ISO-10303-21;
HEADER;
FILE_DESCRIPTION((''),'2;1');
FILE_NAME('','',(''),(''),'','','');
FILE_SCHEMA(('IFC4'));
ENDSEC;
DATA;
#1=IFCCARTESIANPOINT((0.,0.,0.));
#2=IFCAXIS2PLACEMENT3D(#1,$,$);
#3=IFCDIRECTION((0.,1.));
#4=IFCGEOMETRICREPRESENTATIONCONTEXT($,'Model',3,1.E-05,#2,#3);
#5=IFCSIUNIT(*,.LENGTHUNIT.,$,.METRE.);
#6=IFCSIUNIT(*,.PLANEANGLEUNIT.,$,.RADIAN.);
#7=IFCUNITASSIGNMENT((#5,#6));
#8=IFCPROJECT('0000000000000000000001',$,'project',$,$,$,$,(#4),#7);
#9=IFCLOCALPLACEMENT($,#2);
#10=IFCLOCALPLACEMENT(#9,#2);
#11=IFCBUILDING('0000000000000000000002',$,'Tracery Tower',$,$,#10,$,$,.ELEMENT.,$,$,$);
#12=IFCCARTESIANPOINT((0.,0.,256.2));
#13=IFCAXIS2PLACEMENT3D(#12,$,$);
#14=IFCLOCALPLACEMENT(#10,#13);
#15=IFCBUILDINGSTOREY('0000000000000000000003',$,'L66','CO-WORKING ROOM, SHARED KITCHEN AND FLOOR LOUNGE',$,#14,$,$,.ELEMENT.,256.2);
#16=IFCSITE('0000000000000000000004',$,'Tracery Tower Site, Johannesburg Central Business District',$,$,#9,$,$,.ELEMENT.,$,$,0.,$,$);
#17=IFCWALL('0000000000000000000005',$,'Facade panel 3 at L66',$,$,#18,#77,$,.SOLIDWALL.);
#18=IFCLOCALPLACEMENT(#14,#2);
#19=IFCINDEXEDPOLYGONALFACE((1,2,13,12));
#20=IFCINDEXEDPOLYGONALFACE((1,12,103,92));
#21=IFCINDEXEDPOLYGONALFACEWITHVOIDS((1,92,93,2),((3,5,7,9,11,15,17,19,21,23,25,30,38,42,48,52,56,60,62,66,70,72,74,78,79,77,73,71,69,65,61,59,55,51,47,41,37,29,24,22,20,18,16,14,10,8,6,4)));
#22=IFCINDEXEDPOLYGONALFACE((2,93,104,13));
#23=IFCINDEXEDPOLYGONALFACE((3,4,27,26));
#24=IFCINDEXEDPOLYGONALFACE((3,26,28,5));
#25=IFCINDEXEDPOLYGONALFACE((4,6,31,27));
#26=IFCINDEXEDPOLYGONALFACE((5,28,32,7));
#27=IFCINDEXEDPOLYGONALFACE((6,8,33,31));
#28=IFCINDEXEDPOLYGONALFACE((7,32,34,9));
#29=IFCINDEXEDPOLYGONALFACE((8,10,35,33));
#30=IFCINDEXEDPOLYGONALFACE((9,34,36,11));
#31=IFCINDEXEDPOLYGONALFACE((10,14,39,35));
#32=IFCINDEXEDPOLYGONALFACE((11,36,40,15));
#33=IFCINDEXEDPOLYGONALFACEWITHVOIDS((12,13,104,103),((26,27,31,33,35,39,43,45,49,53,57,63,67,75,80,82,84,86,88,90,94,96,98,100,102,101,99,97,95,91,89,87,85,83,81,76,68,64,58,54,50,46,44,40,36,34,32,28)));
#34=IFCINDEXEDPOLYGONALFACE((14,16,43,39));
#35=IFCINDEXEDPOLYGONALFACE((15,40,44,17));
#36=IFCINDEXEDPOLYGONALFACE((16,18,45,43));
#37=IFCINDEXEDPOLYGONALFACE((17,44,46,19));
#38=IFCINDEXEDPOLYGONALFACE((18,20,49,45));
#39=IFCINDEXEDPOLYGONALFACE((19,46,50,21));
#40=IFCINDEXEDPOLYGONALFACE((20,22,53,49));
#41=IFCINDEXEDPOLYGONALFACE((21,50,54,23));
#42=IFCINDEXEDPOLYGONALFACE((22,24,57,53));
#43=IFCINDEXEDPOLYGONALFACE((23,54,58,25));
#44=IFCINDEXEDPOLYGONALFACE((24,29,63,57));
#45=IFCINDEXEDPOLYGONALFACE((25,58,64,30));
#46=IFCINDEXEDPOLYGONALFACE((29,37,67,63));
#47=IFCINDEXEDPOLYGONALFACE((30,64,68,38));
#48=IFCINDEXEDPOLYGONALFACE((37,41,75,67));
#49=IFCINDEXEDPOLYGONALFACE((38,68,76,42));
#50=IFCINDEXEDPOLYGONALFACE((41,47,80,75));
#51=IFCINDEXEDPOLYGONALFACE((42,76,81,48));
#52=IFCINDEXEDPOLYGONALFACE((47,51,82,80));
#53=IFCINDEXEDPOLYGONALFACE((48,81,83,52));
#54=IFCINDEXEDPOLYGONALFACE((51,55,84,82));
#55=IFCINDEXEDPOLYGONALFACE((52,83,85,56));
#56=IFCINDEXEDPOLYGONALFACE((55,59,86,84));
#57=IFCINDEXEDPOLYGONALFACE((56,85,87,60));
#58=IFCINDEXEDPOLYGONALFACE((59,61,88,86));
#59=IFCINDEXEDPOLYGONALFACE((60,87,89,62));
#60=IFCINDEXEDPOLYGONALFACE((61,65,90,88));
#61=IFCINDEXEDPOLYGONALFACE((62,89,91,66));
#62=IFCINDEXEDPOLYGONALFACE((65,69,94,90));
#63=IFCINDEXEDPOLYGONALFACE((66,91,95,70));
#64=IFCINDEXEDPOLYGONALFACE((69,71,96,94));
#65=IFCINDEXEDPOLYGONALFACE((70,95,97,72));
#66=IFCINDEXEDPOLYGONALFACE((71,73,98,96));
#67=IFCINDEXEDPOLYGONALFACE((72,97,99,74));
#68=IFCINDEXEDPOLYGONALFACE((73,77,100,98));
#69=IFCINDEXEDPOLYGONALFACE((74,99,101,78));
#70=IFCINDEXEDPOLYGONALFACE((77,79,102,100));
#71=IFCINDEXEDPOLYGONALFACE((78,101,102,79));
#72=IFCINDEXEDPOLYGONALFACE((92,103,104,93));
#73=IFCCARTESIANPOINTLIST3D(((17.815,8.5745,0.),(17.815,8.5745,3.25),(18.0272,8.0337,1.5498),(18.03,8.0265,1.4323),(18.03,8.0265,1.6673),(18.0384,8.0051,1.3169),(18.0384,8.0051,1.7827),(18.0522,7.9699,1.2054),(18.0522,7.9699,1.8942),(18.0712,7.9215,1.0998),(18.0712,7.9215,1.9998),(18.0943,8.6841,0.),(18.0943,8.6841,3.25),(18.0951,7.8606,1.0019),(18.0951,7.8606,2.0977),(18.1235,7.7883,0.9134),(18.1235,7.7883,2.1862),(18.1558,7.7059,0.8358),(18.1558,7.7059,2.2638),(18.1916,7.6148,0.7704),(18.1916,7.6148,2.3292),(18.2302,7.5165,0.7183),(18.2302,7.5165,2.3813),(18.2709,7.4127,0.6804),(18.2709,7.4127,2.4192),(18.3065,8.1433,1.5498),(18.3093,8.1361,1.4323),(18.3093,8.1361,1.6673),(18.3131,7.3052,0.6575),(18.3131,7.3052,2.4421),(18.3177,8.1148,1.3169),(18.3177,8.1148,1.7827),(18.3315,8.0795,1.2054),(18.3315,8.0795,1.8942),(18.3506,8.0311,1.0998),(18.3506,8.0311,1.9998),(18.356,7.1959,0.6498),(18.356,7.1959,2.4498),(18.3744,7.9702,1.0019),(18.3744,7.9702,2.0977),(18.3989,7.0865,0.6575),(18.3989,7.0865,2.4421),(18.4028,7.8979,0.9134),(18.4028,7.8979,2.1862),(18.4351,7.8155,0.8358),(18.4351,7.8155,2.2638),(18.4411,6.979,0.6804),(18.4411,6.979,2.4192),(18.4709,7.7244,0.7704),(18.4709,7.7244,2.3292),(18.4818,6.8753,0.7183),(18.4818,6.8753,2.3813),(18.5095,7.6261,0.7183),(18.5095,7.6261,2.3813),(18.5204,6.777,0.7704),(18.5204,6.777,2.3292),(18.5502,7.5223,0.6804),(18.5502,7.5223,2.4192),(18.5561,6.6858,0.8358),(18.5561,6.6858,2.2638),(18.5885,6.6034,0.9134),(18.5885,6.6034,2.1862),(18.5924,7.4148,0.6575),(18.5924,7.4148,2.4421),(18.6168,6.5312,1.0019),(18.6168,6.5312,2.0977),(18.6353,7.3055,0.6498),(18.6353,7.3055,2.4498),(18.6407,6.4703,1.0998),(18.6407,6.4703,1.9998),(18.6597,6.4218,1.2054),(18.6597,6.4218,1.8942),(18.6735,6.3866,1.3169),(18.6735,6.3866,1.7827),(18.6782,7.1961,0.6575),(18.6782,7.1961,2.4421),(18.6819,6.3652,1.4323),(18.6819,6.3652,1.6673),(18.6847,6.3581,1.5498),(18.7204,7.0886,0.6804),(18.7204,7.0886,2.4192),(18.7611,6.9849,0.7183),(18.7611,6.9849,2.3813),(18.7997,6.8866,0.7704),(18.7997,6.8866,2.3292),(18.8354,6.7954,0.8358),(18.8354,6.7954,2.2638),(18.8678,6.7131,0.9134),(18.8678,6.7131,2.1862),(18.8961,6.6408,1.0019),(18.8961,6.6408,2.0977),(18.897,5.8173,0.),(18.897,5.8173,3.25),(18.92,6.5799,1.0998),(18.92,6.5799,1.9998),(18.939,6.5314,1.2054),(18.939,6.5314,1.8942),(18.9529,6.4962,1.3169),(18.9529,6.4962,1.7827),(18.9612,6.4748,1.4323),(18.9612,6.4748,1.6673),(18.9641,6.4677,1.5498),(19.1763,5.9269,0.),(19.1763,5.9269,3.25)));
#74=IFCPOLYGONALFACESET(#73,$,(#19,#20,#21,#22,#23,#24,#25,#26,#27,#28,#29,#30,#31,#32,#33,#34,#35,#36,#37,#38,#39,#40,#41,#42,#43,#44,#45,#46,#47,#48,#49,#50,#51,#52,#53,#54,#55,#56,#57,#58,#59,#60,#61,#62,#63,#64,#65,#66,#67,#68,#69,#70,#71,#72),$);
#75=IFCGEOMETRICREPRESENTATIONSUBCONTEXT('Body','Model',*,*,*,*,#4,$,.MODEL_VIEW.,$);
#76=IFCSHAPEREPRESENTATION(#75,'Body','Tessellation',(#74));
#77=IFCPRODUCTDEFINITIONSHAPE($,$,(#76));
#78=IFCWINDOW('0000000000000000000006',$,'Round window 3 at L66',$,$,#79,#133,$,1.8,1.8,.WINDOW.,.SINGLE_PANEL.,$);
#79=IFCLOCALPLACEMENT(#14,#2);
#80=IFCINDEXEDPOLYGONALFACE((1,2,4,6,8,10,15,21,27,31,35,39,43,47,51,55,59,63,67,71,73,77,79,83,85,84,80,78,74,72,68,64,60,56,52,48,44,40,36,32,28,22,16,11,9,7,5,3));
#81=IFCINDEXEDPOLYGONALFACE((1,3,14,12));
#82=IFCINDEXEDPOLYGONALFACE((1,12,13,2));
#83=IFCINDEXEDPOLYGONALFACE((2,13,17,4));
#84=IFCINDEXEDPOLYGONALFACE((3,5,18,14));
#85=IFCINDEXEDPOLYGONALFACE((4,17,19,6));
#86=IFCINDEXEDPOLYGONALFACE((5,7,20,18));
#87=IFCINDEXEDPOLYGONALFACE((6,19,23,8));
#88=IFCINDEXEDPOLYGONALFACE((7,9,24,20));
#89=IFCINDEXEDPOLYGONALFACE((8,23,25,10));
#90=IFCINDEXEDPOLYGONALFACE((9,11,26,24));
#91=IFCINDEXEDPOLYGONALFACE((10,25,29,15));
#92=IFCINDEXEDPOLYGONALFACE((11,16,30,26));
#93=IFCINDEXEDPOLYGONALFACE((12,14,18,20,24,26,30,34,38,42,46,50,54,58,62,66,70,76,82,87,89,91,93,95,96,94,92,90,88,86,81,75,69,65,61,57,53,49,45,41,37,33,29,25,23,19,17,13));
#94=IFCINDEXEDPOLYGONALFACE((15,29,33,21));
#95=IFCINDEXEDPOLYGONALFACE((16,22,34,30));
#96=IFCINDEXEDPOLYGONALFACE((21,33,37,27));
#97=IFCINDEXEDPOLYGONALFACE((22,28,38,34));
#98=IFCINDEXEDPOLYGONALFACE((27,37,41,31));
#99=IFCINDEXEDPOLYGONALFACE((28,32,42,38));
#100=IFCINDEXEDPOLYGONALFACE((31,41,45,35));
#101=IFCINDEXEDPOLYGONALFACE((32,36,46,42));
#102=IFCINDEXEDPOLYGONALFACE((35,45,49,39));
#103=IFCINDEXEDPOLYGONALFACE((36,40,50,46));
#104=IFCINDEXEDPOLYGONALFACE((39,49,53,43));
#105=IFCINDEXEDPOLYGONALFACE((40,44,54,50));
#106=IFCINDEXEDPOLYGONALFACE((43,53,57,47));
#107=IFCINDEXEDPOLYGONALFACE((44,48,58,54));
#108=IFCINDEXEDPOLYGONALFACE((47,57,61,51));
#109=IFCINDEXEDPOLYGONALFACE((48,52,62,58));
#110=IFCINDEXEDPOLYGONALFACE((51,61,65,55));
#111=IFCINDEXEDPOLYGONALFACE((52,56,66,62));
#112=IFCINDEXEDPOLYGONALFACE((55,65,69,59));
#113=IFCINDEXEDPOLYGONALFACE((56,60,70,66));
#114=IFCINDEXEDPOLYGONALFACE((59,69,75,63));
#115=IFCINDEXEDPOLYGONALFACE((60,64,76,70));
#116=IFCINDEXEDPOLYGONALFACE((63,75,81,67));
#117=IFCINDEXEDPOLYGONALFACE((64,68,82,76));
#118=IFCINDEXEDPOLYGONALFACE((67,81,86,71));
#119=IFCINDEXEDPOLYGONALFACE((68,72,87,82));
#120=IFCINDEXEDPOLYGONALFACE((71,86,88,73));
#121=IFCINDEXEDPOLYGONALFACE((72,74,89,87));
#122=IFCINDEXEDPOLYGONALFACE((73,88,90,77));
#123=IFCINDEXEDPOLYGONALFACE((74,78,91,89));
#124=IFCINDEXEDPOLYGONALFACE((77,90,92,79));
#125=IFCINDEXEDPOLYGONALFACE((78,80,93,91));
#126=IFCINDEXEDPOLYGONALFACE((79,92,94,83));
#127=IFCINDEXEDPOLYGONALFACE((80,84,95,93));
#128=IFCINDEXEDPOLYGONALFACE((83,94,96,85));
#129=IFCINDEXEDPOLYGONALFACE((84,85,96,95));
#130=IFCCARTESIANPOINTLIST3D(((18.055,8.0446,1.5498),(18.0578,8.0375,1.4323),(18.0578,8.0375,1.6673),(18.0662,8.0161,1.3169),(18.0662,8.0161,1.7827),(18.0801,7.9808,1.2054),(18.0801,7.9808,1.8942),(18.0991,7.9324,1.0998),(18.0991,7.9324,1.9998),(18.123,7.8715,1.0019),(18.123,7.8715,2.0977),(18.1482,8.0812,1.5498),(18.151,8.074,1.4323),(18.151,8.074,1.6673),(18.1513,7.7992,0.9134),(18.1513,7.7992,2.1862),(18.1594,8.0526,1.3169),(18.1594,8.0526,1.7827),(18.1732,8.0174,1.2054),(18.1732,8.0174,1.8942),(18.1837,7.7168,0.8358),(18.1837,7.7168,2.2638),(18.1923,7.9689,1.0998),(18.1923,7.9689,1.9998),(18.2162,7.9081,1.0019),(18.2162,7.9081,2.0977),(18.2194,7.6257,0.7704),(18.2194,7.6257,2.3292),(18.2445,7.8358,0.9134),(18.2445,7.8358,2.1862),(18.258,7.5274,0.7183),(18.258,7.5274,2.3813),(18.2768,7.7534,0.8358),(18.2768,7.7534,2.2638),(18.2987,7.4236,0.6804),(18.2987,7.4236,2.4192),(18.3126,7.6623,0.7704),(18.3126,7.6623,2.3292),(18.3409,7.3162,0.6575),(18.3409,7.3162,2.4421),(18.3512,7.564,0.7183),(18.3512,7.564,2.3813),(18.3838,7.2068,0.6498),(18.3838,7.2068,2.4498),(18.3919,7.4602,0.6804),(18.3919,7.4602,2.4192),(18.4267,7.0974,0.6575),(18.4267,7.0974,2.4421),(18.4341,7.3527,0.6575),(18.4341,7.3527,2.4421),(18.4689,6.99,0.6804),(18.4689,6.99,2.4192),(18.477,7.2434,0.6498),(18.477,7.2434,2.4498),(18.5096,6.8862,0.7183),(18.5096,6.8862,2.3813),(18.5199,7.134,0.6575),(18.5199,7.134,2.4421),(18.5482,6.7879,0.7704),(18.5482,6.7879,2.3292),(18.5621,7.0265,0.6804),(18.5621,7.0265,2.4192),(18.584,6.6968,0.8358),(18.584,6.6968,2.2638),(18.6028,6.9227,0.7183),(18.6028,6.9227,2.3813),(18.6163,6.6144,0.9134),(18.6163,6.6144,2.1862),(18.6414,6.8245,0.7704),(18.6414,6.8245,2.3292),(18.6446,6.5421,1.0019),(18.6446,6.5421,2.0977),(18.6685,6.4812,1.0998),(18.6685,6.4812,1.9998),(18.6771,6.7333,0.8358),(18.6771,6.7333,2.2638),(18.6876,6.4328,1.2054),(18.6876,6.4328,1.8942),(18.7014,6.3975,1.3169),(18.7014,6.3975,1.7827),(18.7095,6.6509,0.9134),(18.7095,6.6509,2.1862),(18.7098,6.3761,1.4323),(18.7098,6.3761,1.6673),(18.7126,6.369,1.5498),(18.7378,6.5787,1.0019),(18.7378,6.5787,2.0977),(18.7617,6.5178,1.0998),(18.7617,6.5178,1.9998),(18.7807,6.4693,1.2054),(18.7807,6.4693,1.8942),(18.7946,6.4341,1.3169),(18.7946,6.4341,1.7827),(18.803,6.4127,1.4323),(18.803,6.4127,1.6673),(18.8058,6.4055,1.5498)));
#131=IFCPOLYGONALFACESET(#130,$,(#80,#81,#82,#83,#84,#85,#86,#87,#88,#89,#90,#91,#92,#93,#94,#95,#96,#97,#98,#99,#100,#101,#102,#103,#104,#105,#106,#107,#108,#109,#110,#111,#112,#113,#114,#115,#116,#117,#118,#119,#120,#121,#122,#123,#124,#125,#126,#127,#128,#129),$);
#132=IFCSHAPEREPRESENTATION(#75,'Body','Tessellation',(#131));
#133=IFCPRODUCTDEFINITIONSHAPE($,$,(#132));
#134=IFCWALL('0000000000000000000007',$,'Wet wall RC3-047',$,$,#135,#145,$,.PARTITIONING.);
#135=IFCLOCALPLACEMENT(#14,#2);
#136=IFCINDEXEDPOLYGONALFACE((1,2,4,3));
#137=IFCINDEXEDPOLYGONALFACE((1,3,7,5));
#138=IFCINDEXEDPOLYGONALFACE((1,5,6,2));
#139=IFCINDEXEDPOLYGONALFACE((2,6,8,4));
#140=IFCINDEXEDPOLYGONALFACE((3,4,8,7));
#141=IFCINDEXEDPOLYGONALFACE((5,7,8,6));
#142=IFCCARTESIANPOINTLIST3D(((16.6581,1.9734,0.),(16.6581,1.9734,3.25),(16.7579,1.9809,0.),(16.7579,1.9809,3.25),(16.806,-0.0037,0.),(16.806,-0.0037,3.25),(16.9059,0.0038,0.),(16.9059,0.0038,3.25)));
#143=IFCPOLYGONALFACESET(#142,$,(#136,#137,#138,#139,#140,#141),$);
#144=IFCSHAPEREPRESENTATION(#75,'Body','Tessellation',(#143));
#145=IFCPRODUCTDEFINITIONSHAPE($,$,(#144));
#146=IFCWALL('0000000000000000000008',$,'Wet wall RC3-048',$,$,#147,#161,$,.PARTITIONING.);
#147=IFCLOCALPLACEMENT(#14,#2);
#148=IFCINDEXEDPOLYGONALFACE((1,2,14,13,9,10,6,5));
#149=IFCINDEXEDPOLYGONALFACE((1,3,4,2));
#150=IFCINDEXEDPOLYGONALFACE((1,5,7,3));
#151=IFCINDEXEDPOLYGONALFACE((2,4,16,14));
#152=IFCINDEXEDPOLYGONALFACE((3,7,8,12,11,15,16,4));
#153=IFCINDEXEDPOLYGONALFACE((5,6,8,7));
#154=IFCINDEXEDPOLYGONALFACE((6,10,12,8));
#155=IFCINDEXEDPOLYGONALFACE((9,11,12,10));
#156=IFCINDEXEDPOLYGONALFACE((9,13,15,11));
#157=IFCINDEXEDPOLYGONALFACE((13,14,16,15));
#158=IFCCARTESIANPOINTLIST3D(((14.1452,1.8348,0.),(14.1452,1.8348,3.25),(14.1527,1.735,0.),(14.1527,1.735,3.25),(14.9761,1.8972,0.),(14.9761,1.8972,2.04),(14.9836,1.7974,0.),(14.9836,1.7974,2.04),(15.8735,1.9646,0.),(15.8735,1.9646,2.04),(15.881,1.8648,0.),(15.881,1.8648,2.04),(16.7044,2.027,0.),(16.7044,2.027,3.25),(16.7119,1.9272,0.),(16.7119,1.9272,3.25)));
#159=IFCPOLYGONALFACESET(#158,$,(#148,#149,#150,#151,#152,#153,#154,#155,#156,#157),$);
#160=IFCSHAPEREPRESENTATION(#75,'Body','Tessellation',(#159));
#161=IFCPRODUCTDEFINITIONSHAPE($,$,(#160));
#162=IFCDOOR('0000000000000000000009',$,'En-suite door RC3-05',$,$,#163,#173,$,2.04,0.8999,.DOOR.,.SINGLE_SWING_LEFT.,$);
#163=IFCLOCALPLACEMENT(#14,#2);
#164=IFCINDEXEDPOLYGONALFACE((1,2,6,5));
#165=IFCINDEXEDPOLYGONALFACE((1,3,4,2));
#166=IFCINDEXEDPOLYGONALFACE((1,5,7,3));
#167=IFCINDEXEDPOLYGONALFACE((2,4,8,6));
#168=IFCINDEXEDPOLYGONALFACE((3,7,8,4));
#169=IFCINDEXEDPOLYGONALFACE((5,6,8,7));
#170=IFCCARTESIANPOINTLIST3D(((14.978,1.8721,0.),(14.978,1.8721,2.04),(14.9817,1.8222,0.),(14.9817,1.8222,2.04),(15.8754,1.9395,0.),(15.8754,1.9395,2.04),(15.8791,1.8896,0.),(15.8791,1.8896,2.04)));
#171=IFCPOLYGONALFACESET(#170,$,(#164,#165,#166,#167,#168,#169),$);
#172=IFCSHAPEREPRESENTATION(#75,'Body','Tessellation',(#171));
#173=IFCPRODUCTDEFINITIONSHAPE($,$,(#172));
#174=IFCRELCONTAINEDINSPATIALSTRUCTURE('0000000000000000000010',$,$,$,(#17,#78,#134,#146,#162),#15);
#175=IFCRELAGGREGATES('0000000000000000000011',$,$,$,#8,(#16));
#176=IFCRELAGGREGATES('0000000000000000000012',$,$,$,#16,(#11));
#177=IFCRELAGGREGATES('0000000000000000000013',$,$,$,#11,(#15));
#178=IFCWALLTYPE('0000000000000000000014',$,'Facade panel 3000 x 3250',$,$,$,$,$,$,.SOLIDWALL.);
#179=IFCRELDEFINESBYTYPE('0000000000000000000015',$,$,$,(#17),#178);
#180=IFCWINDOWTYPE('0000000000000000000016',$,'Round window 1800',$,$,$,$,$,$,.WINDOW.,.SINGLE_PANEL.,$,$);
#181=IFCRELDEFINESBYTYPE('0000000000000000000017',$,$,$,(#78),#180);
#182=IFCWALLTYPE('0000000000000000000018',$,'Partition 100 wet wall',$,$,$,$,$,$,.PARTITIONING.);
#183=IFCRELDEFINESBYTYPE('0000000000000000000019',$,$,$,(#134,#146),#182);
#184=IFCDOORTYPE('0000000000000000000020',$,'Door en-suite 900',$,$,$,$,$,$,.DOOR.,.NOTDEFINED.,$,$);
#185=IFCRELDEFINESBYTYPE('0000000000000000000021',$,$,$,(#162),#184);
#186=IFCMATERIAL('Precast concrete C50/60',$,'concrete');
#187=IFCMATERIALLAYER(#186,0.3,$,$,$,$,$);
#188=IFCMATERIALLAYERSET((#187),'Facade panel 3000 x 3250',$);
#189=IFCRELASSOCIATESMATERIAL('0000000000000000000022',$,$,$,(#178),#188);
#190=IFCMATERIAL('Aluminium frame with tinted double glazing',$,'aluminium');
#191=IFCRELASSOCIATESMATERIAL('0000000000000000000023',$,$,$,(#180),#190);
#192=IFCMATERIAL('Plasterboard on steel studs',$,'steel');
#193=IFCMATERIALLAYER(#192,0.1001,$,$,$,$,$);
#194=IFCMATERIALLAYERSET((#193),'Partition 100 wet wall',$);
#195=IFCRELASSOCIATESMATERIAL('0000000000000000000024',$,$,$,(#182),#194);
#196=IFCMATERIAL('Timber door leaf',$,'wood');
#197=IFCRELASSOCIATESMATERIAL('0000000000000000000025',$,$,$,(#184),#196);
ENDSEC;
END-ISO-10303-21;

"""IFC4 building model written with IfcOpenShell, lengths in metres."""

from ifc_helpers import new_model, si_unit, direction, frame, frame_2d, origin, origin_2d, place, context, subcontext, project, spatial, rectangle, circle, extrude, material, layer, layer_set, type_object, element, fill, save


model = new_model("IFC4")

# Units and contexts
model_context = context("Model", 3, precision=1e-05, world=origin(), true_north=direction((0.0, 1.0)))
body_context = subcontext(model_context, "Body", "Model", "MODEL_VIEW")
ifc_project = project(units=[si_unit("LENGTHUNIT", "METRE"), si_unit("PLANEANGLEUNIT", "RADIAN")], contexts=[model_context])

# Site, building, storey
site_placement = place(None, origin())
site = spatial("IfcSite", under=ifc_project, at=site_placement, Name="Tracery Tower Site, Johannesburg Central Business District", CompositionType="ELEMENT", RefElevation=0.0)
building_placement = place(site_placement, origin())
building = spatial("IfcBuilding", under=site, at=building_placement, Name="Tracery Tower", CompositionType="ELEMENT")
storey_placement = place(building_placement, frame((0.0, 0.0, 256.2)))
storey = spatial("IfcBuildingStorey", under=building, at=storey_placement, Name="L66", Description="CO-WORKING ROOM, SHARED KITCHEN AND FLOOR LOUNGE", CompositionType="ELEMENT", Elevation=256.2)

# Wall, opening, window
ifc_material_1 = material(Name="Precast concrete C50/60", Category="concrete")
ifc_layer_1 = layer(ifc_material_1, 0.3)
ifc_layer_set_1 = layer_set([ifc_layer_1], Name="Facade panel 3000 x 3250")
wall_type_1 = type_object("IfcWallType", Name="Facade panel 3000 x 3250", PredefinedType="SOLIDWALL", material=ifc_layer_set_1)
ifc_material_2 = material(Name="Aluminium frame with tinted double glazing", Category="aluminium")
window_type = type_object("IfcWindowType", Name="Round window 1800", PartitioningType="SINGLE_PANEL", PredefinedType="WINDOW", material=ifc_material_2)
wall_1_placement = place(storey_placement, frame((19.0366, 5.8721, 0.0), z_axis=(0.0, 0.0, 1.0), x_axis=(-0.3653, 0.93089, 0.0)))
wall_1 = element("IfcWall", 1, at=wall_1_placement, inside=storey, type_object=wall_type_1, Name="Facade panel 3 at L66", PredefinedType="SOLIDWALL", context=body_context, shape_type="SweptSolid", body=[
    extrude(rectangle(XDim=2.9619, YDim=0.3, at=frame_2d((1.481, 0.0))), origin(), (0.0, 0.0, 1.0), 3.25),
])
opening_1_placement = place(wall_1_placement, frame((1.481, 0.0, 1.5498)))
opening_1 = element("IfcOpeningElement", 2, at=opening_1_placement, cuts=wall_1, PredefinedType="OPENING", context=body_context, shape_type="SweptSolid", body=[
    extrude(circle(Radius=0.9, at=origin_2d()), frame((0.0, 0.1599, 0.0), z_axis=(0.0, -1.0, 0.0), x_axis=(1.0, 0.0, 0.0)), (0.0, 0.0, 1.0), 0.3201),
])
window_1_placement = place(opening_1_placement, origin())
window_1 = element("IfcWindow", 3, at=window_1_placement, inside=storey, type_object=window_type, Name="Round window 3 at L66", OverallHeight=1.8, OverallWidth=1.8, PartitioningType="SINGLE_PANEL", PredefinedType="WINDOW", context=body_context, shape_type="SweptSolid", body=[
    extrude(circle(Radius=0.9, at=origin_2d()), frame((0.0, 0.1201, 0.0), z_axis=(0.0, -1.0, 0.0), x_axis=(1.0, 0.0, 0.0)), (0.0, 0.0, 1.0), 0.1001),
])
fill(opening_1, window_1)

# Wall
ifc_material_3 = material(Name="Plasterboard on steel studs", Category="steel")
ifc_layer_2 = layer(ifc_material_3, 0.1001)
ifc_layer_set_2 = layer_set([ifc_layer_2], Name="Partition 100 wet wall")
wall_type_2 = type_object("IfcWallType", Name="Partition 100 wet wall", PredefinedType="PARTITIONING", material=ifc_layer_set_2)
wall_2_placement = place(storey_placement, frame((16.708, 1.9771, 0.0), z_axis=(0.0, 0.0, 1.0), x_axis=(0.074625, -0.997212, 0.0)))
element("IfcWall", 4, at=wall_2_placement, inside=storey, type_object=wall_type_2, Name="Wet wall RC3-047", PredefinedType="PARTITIONING", context=body_context, shape_type="SweptSolid", body=[
    extrude(rectangle(XDim=1.9827, YDim=0.1001, at=frame_2d((0.9912, 0.0))), origin(), (0.0, 0.0, 1.0), 3.25),
])

# Wall, opening, door
wall_3_placement = place(storey_placement, frame((14.1489, 1.7849, 0.0), z_axis=(0.0, 0.0, 1.0), x_axis=(0.997193, 0.07487, 0.0)))
wall_3 = element("IfcWall", 5, at=wall_3_placement, inside=storey, type_object=wall_type_2, Name="Wet wall RC3-048", PredefinedType="PARTITIONING", context=body_context, shape_type="SweptSolid", body=[
    extrude(rectangle(XDim=2.5664, YDim=0.1001, at=frame_2d((1.2832, 0.0))), origin(), (0.0, 0.0, 1.0), 3.25),
])
opening_2_placement = place(wall_3_placement, frame((0.8333, 0.0, 0.0)))
opening_2 = element("IfcOpeningElement", 6, at=opening_2_placement, cuts=wall_3, PredefinedType="OPENING", context=body_context, shape_type="SweptSolid", body=[
    extrude(rectangle(XDim=0.8999, YDim=2.04, at=frame_2d((0.45, 1.02))), frame((0.0, 0.05, 0.0), z_axis=(0.0, -1.0, 0.0), x_axis=(1.0, 0.0, 0.0)), (0.0, 0.0, 1.0), 0.1001),
])
ifc_material_4 = material(Name="Timber door leaf", Category="wood")
door_type_1 = type_object("IfcDoorType", Name="Door en-suite 900", OperationType="NOTDEFINED", PredefinedType="DOOR", material=ifc_material_4)
door_1_placement = place(opening_2_placement, origin())
door_1 = element("IfcDoor", 7, at=door_1_placement, inside=storey, type_object=door_type_1, Name="En-suite door RC3-05", OperationType="SINGLE_SWING_LEFT", OverallHeight=2.04, OverallWidth=0.8999, PredefinedType="DOOR", context=body_context, shape_type="SweptSolid", body=[
    extrude(rectangle(XDim=0.8999, YDim=2.04, at=frame_2d((0.45, 1.02))), frame((0.0, 0.0249, 0.0), z_axis=(0.0, -1.0, 0.0), x_axis=(1.0, 0.0, 0.0)), (0.0, 0.0, 1.0), 0.05),
])
fill(opening_2, door_1)

save(model, "model.ifc")
